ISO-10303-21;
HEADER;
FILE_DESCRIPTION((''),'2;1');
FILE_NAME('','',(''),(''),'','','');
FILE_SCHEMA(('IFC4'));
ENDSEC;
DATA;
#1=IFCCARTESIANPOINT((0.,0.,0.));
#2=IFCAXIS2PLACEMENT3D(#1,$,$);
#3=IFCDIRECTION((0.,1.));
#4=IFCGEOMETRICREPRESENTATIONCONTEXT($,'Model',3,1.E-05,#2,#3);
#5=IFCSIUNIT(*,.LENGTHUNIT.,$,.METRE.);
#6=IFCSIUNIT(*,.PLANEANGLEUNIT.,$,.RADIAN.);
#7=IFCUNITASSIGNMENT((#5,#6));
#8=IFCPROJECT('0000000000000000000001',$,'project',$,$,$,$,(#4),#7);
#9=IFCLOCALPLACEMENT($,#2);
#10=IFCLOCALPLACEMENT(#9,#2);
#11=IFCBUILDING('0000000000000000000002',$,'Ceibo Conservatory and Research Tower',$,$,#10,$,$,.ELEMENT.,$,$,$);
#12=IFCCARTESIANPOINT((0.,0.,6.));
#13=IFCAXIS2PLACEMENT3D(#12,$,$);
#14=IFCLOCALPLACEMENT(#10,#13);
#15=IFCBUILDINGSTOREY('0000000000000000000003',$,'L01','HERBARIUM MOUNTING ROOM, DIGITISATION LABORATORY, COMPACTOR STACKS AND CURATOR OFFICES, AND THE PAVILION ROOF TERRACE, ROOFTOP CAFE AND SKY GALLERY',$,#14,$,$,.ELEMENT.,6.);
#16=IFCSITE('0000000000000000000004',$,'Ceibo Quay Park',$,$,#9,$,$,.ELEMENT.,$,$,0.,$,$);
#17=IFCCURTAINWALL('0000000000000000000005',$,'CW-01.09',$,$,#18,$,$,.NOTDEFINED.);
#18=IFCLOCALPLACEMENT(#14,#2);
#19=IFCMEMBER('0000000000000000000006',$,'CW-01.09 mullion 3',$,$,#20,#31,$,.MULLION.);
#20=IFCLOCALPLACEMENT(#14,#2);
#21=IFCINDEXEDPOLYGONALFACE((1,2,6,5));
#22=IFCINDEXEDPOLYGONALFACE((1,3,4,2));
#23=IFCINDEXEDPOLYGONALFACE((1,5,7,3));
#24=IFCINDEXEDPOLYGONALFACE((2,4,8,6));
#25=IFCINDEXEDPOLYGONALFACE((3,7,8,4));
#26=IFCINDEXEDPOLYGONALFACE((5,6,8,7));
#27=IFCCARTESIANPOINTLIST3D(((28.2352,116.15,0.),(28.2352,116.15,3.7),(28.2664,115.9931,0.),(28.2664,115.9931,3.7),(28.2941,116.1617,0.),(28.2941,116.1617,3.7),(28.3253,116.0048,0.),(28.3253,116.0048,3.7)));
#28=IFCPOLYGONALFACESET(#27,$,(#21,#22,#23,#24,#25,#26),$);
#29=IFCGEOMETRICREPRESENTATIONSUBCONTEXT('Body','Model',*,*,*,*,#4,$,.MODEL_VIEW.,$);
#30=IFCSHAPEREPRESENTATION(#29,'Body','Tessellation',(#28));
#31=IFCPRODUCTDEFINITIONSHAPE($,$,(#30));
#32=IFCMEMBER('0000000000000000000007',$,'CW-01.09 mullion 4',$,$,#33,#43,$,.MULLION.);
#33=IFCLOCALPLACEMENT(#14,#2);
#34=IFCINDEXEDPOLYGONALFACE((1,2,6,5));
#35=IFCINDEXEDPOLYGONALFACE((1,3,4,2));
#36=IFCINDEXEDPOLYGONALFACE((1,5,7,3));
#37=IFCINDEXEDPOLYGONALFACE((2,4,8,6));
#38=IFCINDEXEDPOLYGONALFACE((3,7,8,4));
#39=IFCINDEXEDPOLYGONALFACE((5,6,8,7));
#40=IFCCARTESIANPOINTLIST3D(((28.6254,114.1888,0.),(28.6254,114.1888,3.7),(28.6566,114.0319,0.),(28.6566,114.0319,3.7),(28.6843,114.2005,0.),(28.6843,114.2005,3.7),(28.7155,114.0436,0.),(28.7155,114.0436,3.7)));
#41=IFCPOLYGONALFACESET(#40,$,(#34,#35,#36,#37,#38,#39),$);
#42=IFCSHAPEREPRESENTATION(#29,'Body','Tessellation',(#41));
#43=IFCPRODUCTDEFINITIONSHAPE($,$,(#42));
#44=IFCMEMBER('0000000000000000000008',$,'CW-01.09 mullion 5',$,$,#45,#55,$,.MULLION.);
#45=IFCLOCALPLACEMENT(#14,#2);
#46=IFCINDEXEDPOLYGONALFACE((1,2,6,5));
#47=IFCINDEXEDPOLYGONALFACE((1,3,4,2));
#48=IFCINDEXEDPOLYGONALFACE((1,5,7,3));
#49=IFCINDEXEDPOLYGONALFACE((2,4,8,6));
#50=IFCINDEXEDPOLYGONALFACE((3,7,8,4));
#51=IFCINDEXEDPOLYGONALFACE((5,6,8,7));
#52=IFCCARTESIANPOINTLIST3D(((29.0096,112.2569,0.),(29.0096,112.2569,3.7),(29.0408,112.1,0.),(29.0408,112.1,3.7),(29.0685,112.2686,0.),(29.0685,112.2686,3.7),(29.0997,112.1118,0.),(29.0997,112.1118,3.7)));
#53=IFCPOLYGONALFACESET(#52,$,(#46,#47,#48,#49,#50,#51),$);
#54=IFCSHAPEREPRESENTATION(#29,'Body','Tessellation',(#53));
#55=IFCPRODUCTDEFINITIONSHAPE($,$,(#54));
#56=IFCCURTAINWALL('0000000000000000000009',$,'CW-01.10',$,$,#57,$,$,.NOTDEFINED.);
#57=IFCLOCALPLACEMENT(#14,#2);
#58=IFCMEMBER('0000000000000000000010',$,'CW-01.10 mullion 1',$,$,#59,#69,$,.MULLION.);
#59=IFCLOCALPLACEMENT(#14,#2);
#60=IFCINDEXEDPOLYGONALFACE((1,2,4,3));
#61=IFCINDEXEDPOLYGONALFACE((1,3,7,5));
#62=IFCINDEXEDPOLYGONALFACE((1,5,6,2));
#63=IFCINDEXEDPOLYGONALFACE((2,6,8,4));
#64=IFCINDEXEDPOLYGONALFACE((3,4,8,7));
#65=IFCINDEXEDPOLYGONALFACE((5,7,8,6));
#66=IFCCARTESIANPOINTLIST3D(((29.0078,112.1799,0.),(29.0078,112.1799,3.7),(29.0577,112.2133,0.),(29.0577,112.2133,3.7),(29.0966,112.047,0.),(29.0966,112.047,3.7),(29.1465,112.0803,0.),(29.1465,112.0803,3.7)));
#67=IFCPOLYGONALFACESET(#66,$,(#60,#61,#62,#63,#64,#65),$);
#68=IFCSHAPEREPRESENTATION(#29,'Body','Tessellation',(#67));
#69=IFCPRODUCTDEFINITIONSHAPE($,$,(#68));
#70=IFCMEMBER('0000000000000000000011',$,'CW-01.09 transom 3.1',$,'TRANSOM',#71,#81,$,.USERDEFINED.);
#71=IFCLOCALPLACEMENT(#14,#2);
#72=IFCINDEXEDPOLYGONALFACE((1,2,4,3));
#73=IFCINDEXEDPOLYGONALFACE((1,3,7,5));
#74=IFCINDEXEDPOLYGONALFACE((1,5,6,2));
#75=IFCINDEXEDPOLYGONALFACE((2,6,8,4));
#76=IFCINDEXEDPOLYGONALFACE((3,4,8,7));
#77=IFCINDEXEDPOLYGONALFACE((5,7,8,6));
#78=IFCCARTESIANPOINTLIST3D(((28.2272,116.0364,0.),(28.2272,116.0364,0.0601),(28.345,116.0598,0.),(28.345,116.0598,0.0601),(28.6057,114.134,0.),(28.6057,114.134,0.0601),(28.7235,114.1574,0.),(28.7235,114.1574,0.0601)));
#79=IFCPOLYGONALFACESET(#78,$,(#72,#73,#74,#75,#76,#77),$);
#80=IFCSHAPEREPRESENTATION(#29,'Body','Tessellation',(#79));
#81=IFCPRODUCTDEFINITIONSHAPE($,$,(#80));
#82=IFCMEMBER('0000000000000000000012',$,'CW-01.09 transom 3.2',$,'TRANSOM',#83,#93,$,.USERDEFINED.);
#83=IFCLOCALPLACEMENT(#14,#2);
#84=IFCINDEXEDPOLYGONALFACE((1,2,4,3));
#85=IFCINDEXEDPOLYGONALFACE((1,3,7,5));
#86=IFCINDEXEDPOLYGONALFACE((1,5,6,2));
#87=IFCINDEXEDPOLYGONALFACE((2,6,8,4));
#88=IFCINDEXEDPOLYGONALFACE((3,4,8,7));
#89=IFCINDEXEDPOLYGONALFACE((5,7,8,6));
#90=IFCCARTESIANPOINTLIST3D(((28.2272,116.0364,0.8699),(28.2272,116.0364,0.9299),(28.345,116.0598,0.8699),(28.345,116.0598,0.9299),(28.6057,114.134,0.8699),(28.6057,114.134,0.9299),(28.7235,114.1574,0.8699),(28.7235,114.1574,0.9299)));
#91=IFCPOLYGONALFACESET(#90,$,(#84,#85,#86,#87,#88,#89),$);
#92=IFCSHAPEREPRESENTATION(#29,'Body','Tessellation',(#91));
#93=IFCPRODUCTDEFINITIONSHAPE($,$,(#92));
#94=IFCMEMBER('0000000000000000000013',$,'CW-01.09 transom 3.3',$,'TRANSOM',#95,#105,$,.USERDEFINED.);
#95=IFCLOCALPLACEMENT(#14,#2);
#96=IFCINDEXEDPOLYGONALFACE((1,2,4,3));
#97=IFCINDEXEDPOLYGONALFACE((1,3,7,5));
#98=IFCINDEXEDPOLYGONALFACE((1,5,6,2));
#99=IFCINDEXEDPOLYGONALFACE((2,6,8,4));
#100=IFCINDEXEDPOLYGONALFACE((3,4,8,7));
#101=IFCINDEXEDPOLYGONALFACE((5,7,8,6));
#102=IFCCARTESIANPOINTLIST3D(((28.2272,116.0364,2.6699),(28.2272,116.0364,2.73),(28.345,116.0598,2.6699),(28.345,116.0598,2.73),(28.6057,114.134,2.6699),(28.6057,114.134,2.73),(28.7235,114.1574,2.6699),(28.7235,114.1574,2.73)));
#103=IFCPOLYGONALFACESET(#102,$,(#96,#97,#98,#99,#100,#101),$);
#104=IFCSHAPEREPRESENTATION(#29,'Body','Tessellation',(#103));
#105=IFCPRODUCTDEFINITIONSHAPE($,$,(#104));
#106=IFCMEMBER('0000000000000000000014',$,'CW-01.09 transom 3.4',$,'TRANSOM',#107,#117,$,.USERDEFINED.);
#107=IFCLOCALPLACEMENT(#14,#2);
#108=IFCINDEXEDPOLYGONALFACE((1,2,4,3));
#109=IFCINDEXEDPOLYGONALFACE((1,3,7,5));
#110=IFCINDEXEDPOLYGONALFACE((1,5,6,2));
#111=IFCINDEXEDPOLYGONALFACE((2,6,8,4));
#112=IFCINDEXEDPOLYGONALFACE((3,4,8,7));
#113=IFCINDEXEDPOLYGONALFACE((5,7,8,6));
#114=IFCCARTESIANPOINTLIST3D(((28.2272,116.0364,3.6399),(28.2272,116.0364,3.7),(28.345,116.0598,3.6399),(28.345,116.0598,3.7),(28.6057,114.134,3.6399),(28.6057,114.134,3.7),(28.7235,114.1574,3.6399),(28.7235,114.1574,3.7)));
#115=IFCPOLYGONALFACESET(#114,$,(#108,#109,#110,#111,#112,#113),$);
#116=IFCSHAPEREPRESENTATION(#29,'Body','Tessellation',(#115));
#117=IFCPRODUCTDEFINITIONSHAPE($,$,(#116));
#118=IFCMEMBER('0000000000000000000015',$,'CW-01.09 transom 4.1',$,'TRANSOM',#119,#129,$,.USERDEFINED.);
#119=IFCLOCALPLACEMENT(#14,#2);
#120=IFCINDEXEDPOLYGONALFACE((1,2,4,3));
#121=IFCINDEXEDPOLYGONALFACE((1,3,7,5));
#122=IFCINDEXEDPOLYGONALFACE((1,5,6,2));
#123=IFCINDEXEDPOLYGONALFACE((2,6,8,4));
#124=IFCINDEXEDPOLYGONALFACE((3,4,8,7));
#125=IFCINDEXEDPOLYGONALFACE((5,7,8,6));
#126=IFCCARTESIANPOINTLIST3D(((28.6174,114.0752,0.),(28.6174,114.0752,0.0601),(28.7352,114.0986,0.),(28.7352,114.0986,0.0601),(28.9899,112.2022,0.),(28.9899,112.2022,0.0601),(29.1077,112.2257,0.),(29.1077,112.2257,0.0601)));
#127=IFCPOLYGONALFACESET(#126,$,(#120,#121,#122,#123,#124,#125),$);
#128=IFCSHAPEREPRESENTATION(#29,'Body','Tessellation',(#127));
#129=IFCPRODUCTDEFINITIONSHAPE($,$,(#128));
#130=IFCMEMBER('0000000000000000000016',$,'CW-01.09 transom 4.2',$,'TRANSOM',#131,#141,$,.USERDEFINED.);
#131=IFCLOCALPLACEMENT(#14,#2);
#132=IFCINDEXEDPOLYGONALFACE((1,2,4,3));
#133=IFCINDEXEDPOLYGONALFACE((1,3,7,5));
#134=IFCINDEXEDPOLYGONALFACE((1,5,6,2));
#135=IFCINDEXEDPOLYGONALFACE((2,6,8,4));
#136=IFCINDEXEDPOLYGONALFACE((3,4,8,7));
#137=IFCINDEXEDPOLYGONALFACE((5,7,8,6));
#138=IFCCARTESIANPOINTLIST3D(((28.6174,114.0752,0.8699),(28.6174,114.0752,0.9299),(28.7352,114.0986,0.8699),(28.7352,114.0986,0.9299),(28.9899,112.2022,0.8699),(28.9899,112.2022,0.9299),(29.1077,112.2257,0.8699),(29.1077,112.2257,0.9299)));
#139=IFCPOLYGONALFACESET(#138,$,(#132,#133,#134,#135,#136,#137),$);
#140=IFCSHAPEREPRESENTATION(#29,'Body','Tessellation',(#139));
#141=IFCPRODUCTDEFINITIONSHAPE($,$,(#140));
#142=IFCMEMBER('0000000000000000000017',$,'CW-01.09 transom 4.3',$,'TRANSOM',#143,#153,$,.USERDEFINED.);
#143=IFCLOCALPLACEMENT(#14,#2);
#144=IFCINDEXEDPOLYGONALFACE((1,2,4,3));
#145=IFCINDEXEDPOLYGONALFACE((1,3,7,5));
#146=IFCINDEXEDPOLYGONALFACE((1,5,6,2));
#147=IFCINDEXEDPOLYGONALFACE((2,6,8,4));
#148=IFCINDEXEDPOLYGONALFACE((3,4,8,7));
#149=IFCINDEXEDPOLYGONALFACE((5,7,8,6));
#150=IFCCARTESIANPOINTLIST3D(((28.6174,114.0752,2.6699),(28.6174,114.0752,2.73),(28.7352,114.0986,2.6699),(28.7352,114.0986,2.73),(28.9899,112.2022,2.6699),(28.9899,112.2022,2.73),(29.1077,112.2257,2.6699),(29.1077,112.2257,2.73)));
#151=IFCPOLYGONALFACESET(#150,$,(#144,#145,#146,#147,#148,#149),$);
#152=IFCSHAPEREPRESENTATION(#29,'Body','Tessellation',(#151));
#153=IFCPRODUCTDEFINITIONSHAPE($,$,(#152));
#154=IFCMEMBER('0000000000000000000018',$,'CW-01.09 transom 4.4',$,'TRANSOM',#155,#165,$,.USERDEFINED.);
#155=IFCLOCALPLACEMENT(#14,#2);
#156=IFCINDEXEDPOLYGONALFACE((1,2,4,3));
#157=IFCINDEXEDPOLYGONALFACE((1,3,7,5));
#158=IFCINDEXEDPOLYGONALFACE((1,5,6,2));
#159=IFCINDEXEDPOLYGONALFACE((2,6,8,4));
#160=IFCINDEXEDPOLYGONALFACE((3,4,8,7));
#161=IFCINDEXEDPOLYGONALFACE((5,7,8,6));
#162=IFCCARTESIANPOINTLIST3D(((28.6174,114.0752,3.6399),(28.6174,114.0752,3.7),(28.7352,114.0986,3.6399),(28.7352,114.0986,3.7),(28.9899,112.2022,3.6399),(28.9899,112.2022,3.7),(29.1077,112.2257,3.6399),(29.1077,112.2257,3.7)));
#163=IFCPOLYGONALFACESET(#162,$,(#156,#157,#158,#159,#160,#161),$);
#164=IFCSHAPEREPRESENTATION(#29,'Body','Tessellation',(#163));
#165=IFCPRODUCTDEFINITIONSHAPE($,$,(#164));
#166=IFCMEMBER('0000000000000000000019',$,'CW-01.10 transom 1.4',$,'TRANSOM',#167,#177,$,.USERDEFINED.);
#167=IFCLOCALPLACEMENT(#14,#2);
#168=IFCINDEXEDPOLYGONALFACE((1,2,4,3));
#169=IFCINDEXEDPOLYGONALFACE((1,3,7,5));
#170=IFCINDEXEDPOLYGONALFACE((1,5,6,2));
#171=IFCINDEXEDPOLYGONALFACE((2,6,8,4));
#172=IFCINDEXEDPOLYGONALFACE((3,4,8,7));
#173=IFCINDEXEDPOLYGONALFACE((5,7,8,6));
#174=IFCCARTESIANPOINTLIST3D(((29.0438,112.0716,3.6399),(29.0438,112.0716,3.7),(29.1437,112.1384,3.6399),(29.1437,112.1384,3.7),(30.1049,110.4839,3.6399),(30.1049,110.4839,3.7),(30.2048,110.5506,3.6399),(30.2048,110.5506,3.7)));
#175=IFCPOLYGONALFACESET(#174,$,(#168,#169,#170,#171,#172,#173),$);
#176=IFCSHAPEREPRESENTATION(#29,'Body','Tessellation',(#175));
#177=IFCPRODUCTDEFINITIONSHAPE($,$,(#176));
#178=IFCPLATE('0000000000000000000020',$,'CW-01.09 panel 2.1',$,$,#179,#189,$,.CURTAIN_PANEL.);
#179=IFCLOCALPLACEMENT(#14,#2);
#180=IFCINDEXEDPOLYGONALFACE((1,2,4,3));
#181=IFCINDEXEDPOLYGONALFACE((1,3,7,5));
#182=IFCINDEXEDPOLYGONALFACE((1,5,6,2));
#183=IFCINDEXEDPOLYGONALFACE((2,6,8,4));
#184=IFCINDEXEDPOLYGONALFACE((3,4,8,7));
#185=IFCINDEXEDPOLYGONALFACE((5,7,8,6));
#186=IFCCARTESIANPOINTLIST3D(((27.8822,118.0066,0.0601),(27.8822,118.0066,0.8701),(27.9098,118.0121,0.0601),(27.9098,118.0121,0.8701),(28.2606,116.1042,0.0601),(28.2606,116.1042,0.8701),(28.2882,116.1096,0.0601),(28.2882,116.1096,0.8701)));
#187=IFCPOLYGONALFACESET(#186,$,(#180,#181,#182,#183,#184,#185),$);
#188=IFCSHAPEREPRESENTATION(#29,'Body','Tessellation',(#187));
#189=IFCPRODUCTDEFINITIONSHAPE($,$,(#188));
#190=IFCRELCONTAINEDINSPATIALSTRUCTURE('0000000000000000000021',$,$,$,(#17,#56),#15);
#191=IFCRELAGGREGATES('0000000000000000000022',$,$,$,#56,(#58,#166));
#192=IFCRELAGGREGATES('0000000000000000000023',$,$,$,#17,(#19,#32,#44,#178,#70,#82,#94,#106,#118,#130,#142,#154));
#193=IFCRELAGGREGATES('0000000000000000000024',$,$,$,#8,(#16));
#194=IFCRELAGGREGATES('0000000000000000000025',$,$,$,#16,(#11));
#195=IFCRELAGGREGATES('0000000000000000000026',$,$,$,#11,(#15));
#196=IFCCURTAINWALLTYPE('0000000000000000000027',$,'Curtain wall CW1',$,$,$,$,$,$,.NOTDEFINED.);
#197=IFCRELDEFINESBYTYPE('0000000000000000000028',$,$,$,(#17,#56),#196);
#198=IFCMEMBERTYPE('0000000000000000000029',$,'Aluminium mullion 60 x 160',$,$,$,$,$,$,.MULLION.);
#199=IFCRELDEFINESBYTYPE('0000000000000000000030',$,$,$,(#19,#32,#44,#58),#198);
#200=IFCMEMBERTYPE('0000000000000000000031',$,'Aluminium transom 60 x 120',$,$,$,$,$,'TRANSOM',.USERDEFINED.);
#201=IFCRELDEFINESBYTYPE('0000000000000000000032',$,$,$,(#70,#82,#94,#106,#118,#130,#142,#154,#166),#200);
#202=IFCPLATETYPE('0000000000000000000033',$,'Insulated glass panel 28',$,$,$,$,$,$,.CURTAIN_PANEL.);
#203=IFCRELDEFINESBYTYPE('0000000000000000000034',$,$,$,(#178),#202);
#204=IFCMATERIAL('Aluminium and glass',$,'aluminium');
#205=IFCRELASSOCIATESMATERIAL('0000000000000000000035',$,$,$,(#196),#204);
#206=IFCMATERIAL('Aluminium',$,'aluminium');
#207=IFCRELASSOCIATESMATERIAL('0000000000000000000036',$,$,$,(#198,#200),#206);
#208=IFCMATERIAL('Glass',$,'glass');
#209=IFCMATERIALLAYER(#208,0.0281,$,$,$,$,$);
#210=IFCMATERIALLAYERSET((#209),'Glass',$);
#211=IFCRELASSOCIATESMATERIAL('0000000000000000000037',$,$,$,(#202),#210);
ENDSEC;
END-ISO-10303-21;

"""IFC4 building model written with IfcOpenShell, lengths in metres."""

from ifc_helpers import new_model, si_unit, direction, frame, origin, origin_2d, place, context, subcontext, project, spatial, rectangle, extrude, material, layer, layer_set, material_profile, profile_set, type_object, element, aggregate, save


model = new_model("IFC4")

# Units and contexts
model_context = context("Model", 3, precision=1e-05, world=origin(), true_north=direction((0.0, 1.0)))
body_context = subcontext(model_context, "Body", "Model", "MODEL_VIEW")
ifc_project = project(units=[si_unit("LENGTHUNIT", "METRE"), si_unit("PLANEANGLEUNIT", "RADIAN")], contexts=[model_context])

# Site, building, storey
site_placement = place(None, origin())
site = spatial("IfcSite", under=ifc_project, at=site_placement, Name="Ceibo Quay Park", CompositionType="ELEMENT", RefElevation=0.0)
building_placement = place(site_placement, origin())
building = spatial("IfcBuilding", under=site, at=building_placement, Name="Ceibo Conservatory and Research Tower", CompositionType="ELEMENT")
storey_placement = place(building_placement, frame((0.0, 0.0, 6.0)))
storey = spatial("IfcBuildingStorey", under=building, at=storey_placement, Name="L01", Description="HERBARIUM MOUNTING ROOM, DIGITISATION LABORATORY, COMPACTOR STACKS AND CURATOR OFFICES, AND THE PAVILION ROOF TERRACE, ROOFTOP CAFE AND SKY GALLERY", CompositionType="ELEMENT", Elevation=6.0)

# Curtain wall, members
ifc_material_1 = material(Name="Aluminium and glass", Category="aluminium")
curtain_wall_type = type_object("IfcCurtainWallType", Name="Curtain wall CW1", PredefinedType="NOTDEFINED", material=ifc_material_1)
curtain_wall_1_placement = place(storey_placement, origin())
curtain_wall_1 = element("IfcCurtainWall", 1, at=curtain_wall_1_placement, inside=storey, type_object=curtain_wall_type, Name="CW-01.09", PredefinedType="NOTDEFINED")
ifc_material_2 = material(Name="Aluminium", Category="aluminium")
ifc_material_profile_1 = material_profile(ifc_material_2, rectangle(XDim=0.0601, YDim=0.1599, at=origin_2d()), Name="Aluminium 60 x 160")
ifc_profile_set_1 = profile_set([ifc_material_profile_1], Name="Aluminium")
member_type_1 = type_object("IfcMemberType", Name="Aluminium mullion 60 x 160", PredefinedType="MULLION", material=ifc_profile_set_1)
member_1_placement = place(storey_placement, frame((28.2803, 116.0774, 0.0), z_axis=(0.0, 0.0, 1.0), x_axis=(0.980785, 0.19509, 0.0)))
member_1 = element("IfcMember", 2, at=member_1_placement, type_object=member_type_1, Name="CW-01.09 mullion 3", PredefinedType="MULLION", context=body_context, shape_type="SweptSolid", body=[
    extrude(rectangle(XDim=0.0601, YDim=0.1599, at=origin_2d()), origin(), (0.0, 0.0, 1.0), 3.7),
])
member_2_placement = place(storey_placement, frame((28.6704, 114.1162, 0.0), z_axis=(0.0, 0.0, 1.0), x_axis=(0.980785, 0.19509, 0.0)))
member_2 = element("IfcMember", 3, at=member_2_placement, type_object=member_type_1, Name="CW-01.09 mullion 4", PredefinedType="MULLION", context=body_context, shape_type="SweptSolid", body=[
    extrude(rectangle(XDim=0.0601, YDim=0.1599, at=origin_2d()), origin(), (0.0, 0.0, 1.0), 3.7),
])
member_3_placement = place(storey_placement, frame((29.0547, 112.1843, 0.0), z_axis=(0.0, 0.0, 1.0), x_axis=(0.980785, 0.19509, 0.0)))
member_3 = element("IfcMember", 4, at=member_3_placement, type_object=member_type_1, Name="CW-01.09 mullion 5", PredefinedType="MULLION", context=body_context, shape_type="SweptSolid", body=[
    extrude(rectangle(XDim=0.0601, YDim=0.1599, at=origin_2d()), origin(), (0.0, 0.0, 1.0), 3.7),
])

# Curtain wall, member
curtain_wall_2_placement = place(storey_placement, origin())
curtain_wall_2 = element("IfcCurtainWall", 5, at=curtain_wall_2_placement, inside=storey, type_object=curtain_wall_type, Name="CW-01.10", PredefinedType="NOTDEFINED")
member_4_placement = place(storey_placement, frame((29.0771, 112.1301, 0.0), z_axis=(0.0, 0.0, 1.0), x_axis=(0.83147, 0.55557, 0.0)))
member_4 = element("IfcMember", 6, at=member_4_placement, type_object=member_type_1, Name="CW-01.10 mullion 1", PredefinedType="MULLION", context=body_context, shape_type="SweptSolid", body=[
    extrude(rectangle(XDim=0.0601, YDim=0.1599, at=origin_2d()), origin(), (0.0, 0.0, 1.0), 3.7),
])

# Members
ifc_material_profile_2 = material_profile(ifc_material_2, rectangle(XDim=0.1201, YDim=0.0601, at=origin_2d()), Name="Aluminium 60 x 120")
ifc_profile_set_2 = profile_set([ifc_material_profile_2], Name="Aluminium")
member_type_2 = type_object("IfcMemberType", Name="Aluminium transom 60 x 120", ElementType="TRANSOM", PredefinedType="USERDEFINED", material=ifc_profile_set_2)
member_5_placement = place(storey_placement, frame((28.2861, 116.0481, 0.03), z_axis=(0.195099, -0.980783, 0.0), x_axis=(0.980783, 0.195099, 0.0)))
member_5 = element("IfcMember", 7, at=member_5_placement, type_object=member_type_2, Name="CW-01.09 transom 3.1", ObjectType="TRANSOM", PredefinedType="USERDEFINED", context=body_context, shape_type="SweptSolid", body=[
    extrude(rectangle(XDim=0.1201, YDim=0.0601, at=origin_2d()), origin(), (0.0, 0.0, 1.0), 1.9397),
])
member_6_placement = place(storey_placement, frame((28.2861, 116.0481, 0.8999), z_axis=(0.195099, -0.980783, 0.0), x_axis=(0.980783, 0.195099, 0.0)))
member_6 = element("IfcMember", 8, at=member_6_placement, type_object=member_type_2, Name="CW-01.09 transom 3.2", ObjectType="TRANSOM", PredefinedType="USERDEFINED", context=body_context, shape_type="SweptSolid", body=[
    extrude(rectangle(XDim=0.1201, YDim=0.0601, at=origin_2d()), origin(), (0.0, 0.0, 1.0), 1.9397),
])
member_7_placement = place(storey_placement, frame((28.2861, 116.0481, 2.7), z_axis=(0.195099, -0.980783, 0.0), x_axis=(0.980783, 0.195099, 0.0)))
member_7 = element("IfcMember", 9, at=member_7_placement, type_object=member_type_2, Name="CW-01.09 transom 3.3", ObjectType="TRANSOM", PredefinedType="USERDEFINED", context=body_context, shape_type="SweptSolid", body=[
    extrude(rectangle(XDim=0.1201, YDim=0.0601, at=origin_2d()), origin(), (0.0, 0.0, 1.0), 1.9397),
])
member_8_placement = place(storey_placement, frame((28.2861, 116.0481, 3.6699), z_axis=(0.195099, -0.980783, 0.0), x_axis=(0.980783, 0.195099, 0.0)))
member_8 = element("IfcMember", 10, at=member_8_placement, type_object=member_type_2, Name="CW-01.09 transom 3.4", ObjectType="TRANSOM", PredefinedType="USERDEFINED", context=body_context, shape_type="SweptSolid", body=[
    extrude(rectangle(XDim=0.1201, YDim=0.0601, at=origin_2d()), origin(), (0.0, 0.0, 1.0), 1.9397),
])
member_9_placement = place(storey_placement, frame((28.6763, 114.0869, 0.03), z_axis=(0.195083, -0.980787, 0.0), x_axis=(0.980787, 0.195083, 0.0)))
member_9 = element("IfcMember", 11, at=member_9_placement, type_object=member_type_2, Name="CW-01.09 transom 4.1", ObjectType="TRANSOM", PredefinedType="USERDEFINED", context=body_context, shape_type="SweptSolid", body=[
    extrude(rectangle(XDim=0.1201, YDim=0.0601, at=origin_2d()), origin(), (0.0, 0.0, 1.0), 1.9097),
])
member_10_placement = place(storey_placement, frame((28.6763, 114.0869, 0.8999), z_axis=(0.195083, -0.980787, 0.0), x_axis=(0.980787, 0.195083, 0.0)))
member_10 = element("IfcMember", 12, at=member_10_placement, type_object=member_type_2, Name="CW-01.09 transom 4.2", ObjectType="TRANSOM", PredefinedType="USERDEFINED", context=body_context, shape_type="SweptSolid", body=[
    extrude(rectangle(XDim=0.1201, YDim=0.0601, at=origin_2d()), origin(), (0.0, 0.0, 1.0), 1.9097),
])
member_11_placement = place(storey_placement, frame((28.6763, 114.0869, 2.7), z_axis=(0.195083, -0.980787, 0.0), x_axis=(0.980787, 0.195083, 0.0)))
member_11 = element("IfcMember", 13, at=member_11_placement, type_object=member_type_2, Name="CW-01.09 transom 4.3", ObjectType="TRANSOM", PredefinedType="USERDEFINED", context=body_context, shape_type="SweptSolid", body=[
    extrude(rectangle(XDim=0.1201, YDim=0.0601, at=origin_2d()), origin(), (0.0, 0.0, 1.0), 1.9097),
])
member_12_placement = place(storey_placement, frame((28.6763, 114.0869, 3.6699), z_axis=(0.195083, -0.980787, 0.0), x_axis=(0.980787, 0.195083, 0.0)))
member_12 = element("IfcMember", 14, at=member_12_placement, type_object=member_type_2, Name="CW-01.09 transom 4.4", ObjectType="TRANSOM", PredefinedType="USERDEFINED", context=body_context, shape_type="SweptSolid", body=[
    extrude(rectangle(XDim=0.1201, YDim=0.0601, at=origin_2d()), origin(), (0.0, 0.0, 1.0), 1.9097),
])
member_13_placement = place(storey_placement, frame((29.0938, 112.105, 3.6699), z_axis=(0.555644, -0.83142, 0.0), x_axis=(0.83142, 0.555644, 0.0)))
member_13 = element("IfcMember", 15, at=member_13_placement, type_object=member_type_2, Name="CW-01.10 transom 1.4", ObjectType="TRANSOM", PredefinedType="USERDEFINED", context=body_context, shape_type="SweptSolid", body=[
    extrude(rectangle(XDim=0.1201, YDim=0.0601, at=origin_2d()), origin(), (0.0, 0.0, 1.0), 1.9097),
])
aggregate(curtain_wall_2, [member_4, member_13])

# Plate
ifc_material_3 = material(Name="Glass", Category="glass")
ifc_layer = layer(ifc_material_3, 0.0281)
ifc_layer_set = layer_set([ifc_layer], Name="Glass")
plate_type = type_object("IfcPlateType", Name="Insulated glass panel 28", PredefinedType="CURTAIN_PANEL", material=ifc_layer_set)
plate_1_placement = place(storey_placement, frame((28.0852, 117.0581, 0.0601), z_axis=(0.0, 0.0, 1.0), x_axis=(0.19509, -0.980785, 0.0)))
plate_1 = element("IfcPlate", 16, at=plate_1_placement, type_object=plate_type, Name="CW-01.09 panel 2.1", PredefinedType="CURTAIN_PANEL", context=body_context, shape_type="SweptSolid", body=[
    extrude(rectangle(XDim=1.9397, YDim=0.0281, at=origin_2d()), origin(), (0.0, 0.0, 1.0), 0.8101),
])
aggregate(curtain_wall_1, [member_1, member_2, member_3, plate_1, member_5, member_6, member_7, member_8, member_9, member_10, member_11, member_12])

save(model, "model.ifc")
